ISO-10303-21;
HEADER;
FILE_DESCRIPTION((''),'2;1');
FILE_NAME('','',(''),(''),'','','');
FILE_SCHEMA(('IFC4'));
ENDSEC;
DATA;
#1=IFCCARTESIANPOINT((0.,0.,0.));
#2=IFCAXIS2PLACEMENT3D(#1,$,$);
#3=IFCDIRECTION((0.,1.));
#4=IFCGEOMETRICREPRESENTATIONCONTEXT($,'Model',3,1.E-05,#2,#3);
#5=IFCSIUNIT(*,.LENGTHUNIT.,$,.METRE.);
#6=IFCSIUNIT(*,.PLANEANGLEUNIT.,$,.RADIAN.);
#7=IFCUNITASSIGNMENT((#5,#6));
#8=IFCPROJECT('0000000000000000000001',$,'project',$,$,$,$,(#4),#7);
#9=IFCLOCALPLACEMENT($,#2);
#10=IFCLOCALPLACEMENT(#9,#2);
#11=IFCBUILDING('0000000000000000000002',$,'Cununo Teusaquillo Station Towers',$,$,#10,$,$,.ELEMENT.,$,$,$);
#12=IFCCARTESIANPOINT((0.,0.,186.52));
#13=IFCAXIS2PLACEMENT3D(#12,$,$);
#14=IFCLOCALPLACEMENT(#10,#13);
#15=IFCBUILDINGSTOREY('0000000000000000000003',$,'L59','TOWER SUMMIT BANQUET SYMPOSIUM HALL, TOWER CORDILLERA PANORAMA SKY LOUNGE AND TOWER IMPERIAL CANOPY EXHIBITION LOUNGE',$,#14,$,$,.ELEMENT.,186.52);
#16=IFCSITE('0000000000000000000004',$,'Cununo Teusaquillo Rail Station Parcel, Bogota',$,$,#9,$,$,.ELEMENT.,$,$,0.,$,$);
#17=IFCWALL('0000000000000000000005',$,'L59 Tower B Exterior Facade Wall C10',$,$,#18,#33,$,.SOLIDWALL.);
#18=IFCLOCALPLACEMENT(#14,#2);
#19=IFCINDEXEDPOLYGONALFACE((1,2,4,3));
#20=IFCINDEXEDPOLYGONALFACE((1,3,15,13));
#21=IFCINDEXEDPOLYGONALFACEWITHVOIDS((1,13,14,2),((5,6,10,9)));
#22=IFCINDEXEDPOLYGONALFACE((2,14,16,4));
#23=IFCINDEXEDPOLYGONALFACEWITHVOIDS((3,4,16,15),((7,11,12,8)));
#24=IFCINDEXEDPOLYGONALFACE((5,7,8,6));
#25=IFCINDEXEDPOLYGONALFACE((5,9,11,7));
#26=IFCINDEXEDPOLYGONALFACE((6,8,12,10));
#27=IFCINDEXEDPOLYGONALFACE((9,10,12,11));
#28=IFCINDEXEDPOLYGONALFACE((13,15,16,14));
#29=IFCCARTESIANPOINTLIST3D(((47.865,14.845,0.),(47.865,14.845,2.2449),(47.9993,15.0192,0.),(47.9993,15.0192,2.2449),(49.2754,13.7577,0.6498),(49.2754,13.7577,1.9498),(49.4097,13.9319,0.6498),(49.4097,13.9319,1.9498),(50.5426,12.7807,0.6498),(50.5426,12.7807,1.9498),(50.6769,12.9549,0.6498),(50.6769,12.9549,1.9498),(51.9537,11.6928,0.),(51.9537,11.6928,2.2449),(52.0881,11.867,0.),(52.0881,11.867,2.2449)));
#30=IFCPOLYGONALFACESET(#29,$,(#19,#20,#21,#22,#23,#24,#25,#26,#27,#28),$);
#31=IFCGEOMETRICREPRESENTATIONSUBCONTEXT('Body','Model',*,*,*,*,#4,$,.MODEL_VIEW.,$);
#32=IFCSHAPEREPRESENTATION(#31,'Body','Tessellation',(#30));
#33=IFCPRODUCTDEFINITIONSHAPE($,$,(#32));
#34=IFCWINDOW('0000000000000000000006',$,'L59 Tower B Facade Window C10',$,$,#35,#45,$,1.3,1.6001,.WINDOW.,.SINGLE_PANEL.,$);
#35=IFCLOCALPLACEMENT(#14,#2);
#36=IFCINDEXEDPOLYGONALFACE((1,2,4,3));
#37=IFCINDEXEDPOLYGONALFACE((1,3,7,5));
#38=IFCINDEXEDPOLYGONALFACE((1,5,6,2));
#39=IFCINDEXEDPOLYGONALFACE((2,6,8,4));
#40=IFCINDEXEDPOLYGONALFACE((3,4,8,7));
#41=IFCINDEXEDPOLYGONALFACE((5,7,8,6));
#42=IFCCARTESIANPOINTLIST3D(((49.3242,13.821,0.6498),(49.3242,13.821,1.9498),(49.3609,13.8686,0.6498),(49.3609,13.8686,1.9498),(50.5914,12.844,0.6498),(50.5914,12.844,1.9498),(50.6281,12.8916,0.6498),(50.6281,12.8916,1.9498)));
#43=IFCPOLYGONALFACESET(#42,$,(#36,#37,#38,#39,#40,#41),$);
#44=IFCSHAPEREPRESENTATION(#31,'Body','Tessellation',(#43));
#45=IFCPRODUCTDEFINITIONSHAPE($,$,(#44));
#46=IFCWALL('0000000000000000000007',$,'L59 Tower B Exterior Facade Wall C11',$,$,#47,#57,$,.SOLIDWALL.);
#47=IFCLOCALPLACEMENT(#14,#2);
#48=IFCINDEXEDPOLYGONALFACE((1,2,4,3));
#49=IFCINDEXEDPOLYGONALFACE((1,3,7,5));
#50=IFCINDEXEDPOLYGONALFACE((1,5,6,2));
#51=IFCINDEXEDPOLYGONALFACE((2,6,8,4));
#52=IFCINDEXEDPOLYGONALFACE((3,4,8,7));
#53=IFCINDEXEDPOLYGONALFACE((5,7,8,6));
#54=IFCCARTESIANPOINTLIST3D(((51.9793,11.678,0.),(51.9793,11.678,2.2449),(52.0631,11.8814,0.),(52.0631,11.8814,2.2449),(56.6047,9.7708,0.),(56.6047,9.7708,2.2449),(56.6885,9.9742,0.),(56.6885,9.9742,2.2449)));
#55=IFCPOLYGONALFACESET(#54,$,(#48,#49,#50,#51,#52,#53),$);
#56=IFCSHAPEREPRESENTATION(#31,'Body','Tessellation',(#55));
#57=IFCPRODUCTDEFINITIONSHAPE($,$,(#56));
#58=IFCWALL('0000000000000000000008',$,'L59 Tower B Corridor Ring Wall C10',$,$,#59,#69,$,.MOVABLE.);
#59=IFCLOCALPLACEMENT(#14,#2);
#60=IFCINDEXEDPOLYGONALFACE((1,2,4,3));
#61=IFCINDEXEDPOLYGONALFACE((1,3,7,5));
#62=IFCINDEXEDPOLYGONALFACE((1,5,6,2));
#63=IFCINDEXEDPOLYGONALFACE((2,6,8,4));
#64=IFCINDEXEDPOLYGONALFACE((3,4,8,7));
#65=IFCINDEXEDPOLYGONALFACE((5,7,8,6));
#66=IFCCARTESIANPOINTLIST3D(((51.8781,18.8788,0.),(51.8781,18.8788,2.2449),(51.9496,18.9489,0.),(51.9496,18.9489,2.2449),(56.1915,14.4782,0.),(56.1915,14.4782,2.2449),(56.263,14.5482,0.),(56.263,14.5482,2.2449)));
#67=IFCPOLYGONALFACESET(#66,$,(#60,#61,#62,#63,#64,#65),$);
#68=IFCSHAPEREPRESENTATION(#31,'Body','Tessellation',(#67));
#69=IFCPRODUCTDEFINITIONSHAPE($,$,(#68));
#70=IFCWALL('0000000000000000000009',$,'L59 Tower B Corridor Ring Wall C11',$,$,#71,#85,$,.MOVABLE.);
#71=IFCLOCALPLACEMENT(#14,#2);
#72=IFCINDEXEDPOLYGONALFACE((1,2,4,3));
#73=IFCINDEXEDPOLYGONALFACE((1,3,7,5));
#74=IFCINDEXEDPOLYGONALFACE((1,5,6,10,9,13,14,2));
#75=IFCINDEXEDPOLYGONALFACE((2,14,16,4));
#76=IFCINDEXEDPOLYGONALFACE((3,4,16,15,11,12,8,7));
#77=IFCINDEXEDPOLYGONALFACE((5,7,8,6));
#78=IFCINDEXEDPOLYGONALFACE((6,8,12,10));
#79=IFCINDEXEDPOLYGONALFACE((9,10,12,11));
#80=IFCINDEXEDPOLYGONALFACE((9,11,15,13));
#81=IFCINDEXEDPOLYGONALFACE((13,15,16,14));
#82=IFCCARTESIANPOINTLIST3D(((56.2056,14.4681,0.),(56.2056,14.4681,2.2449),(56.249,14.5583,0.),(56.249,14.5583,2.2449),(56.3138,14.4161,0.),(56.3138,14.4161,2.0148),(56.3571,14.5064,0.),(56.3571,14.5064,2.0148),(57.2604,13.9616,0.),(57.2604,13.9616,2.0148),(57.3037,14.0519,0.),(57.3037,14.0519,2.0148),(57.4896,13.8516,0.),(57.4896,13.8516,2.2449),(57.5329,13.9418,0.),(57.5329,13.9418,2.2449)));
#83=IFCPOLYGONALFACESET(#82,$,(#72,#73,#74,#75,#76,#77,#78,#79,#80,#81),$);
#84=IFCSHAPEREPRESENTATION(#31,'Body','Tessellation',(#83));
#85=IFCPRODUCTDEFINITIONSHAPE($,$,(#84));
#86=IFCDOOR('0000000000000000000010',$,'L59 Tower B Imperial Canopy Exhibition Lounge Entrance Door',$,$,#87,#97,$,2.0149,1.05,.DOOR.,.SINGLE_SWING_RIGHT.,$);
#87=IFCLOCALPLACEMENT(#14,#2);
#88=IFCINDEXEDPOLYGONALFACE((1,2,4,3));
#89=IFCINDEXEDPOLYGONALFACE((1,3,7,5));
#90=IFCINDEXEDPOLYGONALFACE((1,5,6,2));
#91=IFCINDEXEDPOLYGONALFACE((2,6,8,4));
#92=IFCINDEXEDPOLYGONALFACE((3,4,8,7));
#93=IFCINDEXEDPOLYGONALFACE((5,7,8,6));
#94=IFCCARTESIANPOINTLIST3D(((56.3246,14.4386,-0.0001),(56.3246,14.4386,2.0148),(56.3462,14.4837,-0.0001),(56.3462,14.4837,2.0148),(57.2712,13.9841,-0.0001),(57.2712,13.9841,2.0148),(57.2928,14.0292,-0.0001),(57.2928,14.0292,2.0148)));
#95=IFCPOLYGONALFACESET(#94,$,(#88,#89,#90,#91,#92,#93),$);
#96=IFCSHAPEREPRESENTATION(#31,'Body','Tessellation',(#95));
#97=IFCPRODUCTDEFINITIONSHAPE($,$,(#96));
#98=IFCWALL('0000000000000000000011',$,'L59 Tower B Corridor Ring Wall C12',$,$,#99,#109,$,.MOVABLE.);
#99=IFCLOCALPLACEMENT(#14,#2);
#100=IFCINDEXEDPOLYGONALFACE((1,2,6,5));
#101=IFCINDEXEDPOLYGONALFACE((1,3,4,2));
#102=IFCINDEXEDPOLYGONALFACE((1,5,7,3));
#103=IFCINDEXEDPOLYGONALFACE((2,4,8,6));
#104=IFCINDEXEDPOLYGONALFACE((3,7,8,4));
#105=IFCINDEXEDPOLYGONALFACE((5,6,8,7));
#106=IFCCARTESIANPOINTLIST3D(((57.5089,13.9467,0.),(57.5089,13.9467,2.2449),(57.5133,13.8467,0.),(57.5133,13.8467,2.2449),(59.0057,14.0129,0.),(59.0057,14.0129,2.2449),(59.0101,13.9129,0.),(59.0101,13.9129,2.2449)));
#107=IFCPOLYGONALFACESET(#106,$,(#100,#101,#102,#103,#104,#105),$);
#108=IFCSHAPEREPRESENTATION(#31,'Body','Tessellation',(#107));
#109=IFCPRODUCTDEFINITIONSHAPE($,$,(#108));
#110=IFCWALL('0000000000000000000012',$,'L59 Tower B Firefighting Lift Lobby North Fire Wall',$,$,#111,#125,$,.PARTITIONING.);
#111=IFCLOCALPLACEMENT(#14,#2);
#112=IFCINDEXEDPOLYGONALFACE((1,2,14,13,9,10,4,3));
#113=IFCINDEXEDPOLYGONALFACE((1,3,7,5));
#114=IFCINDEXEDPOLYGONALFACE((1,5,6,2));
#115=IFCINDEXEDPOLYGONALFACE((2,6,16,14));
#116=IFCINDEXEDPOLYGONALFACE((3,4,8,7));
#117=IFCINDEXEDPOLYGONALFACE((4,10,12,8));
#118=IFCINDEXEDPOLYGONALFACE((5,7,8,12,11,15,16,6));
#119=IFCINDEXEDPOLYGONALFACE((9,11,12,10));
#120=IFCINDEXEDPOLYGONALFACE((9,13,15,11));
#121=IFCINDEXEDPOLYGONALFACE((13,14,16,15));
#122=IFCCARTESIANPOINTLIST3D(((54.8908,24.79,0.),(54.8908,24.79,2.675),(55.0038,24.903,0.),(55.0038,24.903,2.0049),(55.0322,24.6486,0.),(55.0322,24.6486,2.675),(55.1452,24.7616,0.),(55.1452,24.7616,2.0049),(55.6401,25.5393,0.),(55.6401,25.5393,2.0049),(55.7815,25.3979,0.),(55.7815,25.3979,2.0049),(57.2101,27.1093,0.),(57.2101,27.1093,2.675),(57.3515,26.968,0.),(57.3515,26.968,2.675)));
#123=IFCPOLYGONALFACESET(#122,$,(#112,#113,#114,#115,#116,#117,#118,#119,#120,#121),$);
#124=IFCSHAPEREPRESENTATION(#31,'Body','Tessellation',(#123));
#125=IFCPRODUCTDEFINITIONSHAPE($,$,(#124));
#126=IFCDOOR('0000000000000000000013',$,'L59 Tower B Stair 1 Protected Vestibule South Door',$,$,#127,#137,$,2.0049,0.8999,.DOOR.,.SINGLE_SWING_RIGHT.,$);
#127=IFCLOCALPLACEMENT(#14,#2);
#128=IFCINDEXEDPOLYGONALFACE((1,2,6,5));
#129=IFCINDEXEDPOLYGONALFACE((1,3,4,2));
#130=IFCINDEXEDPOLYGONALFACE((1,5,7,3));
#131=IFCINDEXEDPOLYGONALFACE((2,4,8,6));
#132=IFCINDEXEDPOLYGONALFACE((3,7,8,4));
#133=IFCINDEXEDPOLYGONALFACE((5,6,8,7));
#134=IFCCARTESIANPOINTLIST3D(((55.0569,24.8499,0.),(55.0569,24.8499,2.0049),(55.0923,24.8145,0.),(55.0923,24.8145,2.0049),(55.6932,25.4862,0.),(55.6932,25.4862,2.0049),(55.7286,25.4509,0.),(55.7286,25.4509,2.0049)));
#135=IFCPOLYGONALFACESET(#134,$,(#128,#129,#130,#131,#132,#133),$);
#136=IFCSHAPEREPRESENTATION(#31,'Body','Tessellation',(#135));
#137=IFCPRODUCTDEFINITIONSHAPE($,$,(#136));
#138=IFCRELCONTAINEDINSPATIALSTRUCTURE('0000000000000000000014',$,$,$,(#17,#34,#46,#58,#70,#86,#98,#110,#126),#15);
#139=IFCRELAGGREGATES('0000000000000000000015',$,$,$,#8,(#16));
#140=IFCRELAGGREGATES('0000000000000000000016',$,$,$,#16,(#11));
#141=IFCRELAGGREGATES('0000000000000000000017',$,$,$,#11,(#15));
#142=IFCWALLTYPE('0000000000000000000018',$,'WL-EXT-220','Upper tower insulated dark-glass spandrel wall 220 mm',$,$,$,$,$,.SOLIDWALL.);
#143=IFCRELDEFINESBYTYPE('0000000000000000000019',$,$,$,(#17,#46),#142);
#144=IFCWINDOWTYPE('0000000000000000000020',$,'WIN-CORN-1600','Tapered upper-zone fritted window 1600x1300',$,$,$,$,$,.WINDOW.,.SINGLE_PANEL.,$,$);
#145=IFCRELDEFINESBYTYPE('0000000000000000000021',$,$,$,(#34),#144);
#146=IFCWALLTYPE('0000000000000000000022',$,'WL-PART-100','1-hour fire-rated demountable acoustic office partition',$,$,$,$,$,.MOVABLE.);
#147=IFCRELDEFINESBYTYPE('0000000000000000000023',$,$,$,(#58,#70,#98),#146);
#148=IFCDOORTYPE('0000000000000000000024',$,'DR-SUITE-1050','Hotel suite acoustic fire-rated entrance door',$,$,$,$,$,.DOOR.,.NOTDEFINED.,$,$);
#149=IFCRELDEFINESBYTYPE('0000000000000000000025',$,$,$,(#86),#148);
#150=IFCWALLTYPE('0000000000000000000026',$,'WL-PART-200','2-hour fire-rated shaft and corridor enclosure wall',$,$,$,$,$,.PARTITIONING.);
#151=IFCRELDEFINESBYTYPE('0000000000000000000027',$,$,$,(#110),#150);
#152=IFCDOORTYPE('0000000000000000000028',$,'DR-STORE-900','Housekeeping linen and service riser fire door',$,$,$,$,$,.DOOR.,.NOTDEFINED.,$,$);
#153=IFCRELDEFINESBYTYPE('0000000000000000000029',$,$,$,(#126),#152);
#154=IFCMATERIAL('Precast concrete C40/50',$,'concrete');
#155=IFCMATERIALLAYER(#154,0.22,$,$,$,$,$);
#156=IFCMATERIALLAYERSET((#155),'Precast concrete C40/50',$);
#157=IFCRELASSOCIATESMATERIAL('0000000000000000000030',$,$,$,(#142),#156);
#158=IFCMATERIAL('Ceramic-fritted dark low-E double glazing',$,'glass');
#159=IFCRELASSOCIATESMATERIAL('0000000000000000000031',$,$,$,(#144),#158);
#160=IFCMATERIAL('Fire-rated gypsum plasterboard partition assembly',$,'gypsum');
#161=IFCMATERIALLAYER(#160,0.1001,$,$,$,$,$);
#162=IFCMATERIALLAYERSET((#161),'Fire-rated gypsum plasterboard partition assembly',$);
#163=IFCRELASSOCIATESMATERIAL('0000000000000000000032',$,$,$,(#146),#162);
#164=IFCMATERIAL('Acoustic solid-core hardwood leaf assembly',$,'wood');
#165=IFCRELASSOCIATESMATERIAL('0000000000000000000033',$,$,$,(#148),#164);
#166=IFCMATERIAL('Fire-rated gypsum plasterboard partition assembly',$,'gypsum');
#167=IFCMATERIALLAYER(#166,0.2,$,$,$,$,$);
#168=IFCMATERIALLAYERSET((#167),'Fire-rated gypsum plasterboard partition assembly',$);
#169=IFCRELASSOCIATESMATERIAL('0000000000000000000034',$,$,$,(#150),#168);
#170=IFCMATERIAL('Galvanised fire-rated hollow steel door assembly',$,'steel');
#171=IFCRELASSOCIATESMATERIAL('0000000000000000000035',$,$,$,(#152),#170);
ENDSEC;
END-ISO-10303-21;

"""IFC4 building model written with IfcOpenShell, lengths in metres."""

from ifc_helpers import new_model, si_unit, direction, frame, frame_2d, origin, place, context, subcontext, project, spatial, rectangle, extrude, source, transform, mapped, material, layer, layer_set, type_object, element, fill, save


model = new_model("IFC4")

# Units and contexts
model_context = context("Model", 3, precision=1e-05, world=origin(), true_north=direction((0.0, 1.0)))
body_context = subcontext(model_context, "Body", "Model", "MODEL_VIEW")
ifc_project = project(units=[si_unit("LENGTHUNIT", "METRE"), si_unit("PLANEANGLEUNIT", "RADIAN")], contexts=[model_context])

# Site, building, storey
site_placement = place(None, origin())
site = spatial("IfcSite", under=ifc_project, at=site_placement, Name="Cununo Teusaquillo Rail Station Parcel, Bogota", CompositionType="ELEMENT", RefElevation=0.0)
building_placement = place(site_placement, origin())
building = spatial("IfcBuilding", under=site, at=building_placement, Name="Cununo Teusaquillo Station Towers", CompositionType="ELEMENT")
storey_placement = place(building_placement, frame((0.0, 0.0, 186.52)))
storey = spatial("IfcBuildingStorey", under=building, at=storey_placement, Name="L59", Description="TOWER SUMMIT BANQUET SYMPOSIUM HALL, TOWER CORDILLERA PANORAMA SKY LOUNGE AND TOWER IMPERIAL CANOPY EXHIBITION LOUNGE", CompositionType="ELEMENT", Elevation=186.52)

# Wall, opening, window
ifc_material_1 = material(Name="Precast concrete C40/50", Category="concrete")
ifc_layer_1 = layer(ifc_material_1, 0.22)
ifc_layer_set_1 = layer_set([ifc_layer_1], Name="Precast concrete C40/50")
wall_type_1 = type_object("IfcWallType", Name="WL-EXT-220", Description="Upper tower insulated dark-glass spandrel wall 220 mm", PredefinedType="SOLIDWALL", material=ifc_layer_set_1)
wall_1_placement = place(storey_placement, frame((52.021, 11.7798, 0.0), z_axis=(0.0, 0.0, 1.0), x_axis=(-0.791963, 0.61057, 0.0)))
wall_1 = element("IfcWall", 1, at=wall_1_placement, inside=storey, type_object=wall_type_1, Name="L59 Tower B Exterior Facade Wall C10", PredefinedType="SOLIDWALL", context=body_context, shape_type="SweptSolid", body=[
    extrude(rectangle(XDim=5.1628, YDim=0.22, at=frame_2d((2.5815, 0.0))), origin(), (0.0, 0.0, 1.0), 2.2449),
])
shared_shape_1 = source(origin(), body_context, "Body", "SweptSolid", [
    extrude(rectangle(XDim=1.6001, YDim=1.3, at=frame_2d((0.8, 0.6499))), frame((0.0, 0.1199, 0.0), z_axis=(0.0, -1.0, 0.0), x_axis=(1.0, 0.0, 0.0)), (0.0, 0.0, 1.0), 0.24),
])
opening_1_placement = place(wall_1_placement, frame((1.782, 0.0, 0.6499)))
opening_1 = element("IfcOpeningElement", 2, at=opening_1_placement, cuts=wall_1, PredefinedType="OPENING", context=body_context, shape_type="MappedRepresentation", body=[
    mapped(shared_shape_1, transform((0.0, 0.0, 0.0), x_axis=(1.0, 0.0, 0.0), y_axis=(0.0, 1.0, 0.0), z_axis=(0.0, 0.0, 1.0), scale=1.0)),
])
ifc_material_2 = material(Name="Ceramic-fritted dark low-E double glazing", Category="glass")
window_type = type_object("IfcWindowType", Name="WIN-CORN-1600", Description="Tapered upper-zone fritted window 1600x1300", PartitioningType="SINGLE_PANEL", PredefinedType="WINDOW", material=ifc_material_2)
shared_shape_2 = source(origin(), body_context, "Body", "SweptSolid", [
    extrude(rectangle(XDim=1.6001, YDim=1.3, at=frame_2d((0.8, 0.6499))), frame((0.0, 0.03, 0.0), z_axis=(0.0, -1.0, 0.0), x_axis=(1.0, 0.0, 0.0)), (0.0, 0.0, 1.0), 0.0601),
])
window_placement = place(opening_1_placement, origin())
window = element("IfcWindow", 3, at=window_placement, inside=storey, type_object=window_type, Name="L59 Tower B Facade Window C10", OverallHeight=1.3, OverallWidth=1.6001, PartitioningType="SINGLE_PANEL", PredefinedType="WINDOW", context=body_context, shape_type="MappedRepresentation", body=[
    mapped(shared_shape_2, transform((0.0, 0.0, 0.0), x_axis=(1.0, 0.0, 0.0), y_axis=(0.0, 1.0, 0.0), z_axis=(0.0, 0.0, 1.0), scale=1.0)),
])
fill(opening_1, window)

# Walls
wall_2_placement = place(storey_placement, frame((56.6465, 9.8726, 0.0), z_axis=(0.0, 0.0, 1.0), x_axis=(-0.924494, 0.381196, 0.0)))
element("IfcWall", 4, at=wall_2_placement, inside=storey, type_object=wall_type_1, Name="L59 Tower B Exterior Facade Wall C11", PredefinedType="SOLIDWALL", context=body_context, shape_type="SweptSolid", body=[
    extrude(rectangle(XDim=5.0032, YDim=0.22, at=frame_2d((2.5015, 0.0))), origin(), (0.0, 0.0, 1.0), 2.2449),
])
ifc_material_3 = material(Name="Fire-rated gypsum plasterboard partition assembly", Category="gypsum")
ifc_layer_2 = layer(ifc_material_3, 0.1001)
ifc_layer_set_2 = layer_set([ifc_layer_2], Name="Fire-rated gypsum plasterboard partition assembly")
wall_type_2 = type_object("IfcWallType", Name="WL-PART-100", Description="1-hour fire-rated demountable acoustic office partition", PredefinedType="MOVABLE", material=ifc_layer_set_2)
wall_3_placement = place(storey_placement, frame((51.9138, 18.9138, 0.0), z_axis=(0.0, 0.0, 1.0), x_axis=(0.699999, -0.714144, 0.0)))
element("IfcWall", 5, at=wall_3_placement, inside=storey, type_object=wall_type_2, Name="L59 Tower B Corridor Ring Wall C10", PredefinedType="MOVABLE", context=body_context, shape_type="SweptSolid", body=[
    extrude(rectangle(XDim=6.1621, YDim=0.1001, at=frame_2d((3.0811, 0.0))), origin(), (0.0, 0.0, 1.0), 2.2449),
])

# Wall, opening, door
wall_4_placement = place(storey_placement, frame((56.2273, 14.5132, 0.0), z_axis=(0.0, 0.0, 1.0), x_axis=(0.901478, -0.432826, 0.0)))
wall_4 = element("IfcWall", 6, at=wall_4_placement, inside=storey, type_object=wall_type_2, Name="L59 Tower B Corridor Ring Wall C11", PredefinedType="MOVABLE", context=body_context, shape_type="SweptSolid", body=[
    extrude(rectangle(XDim=1.4243, YDim=0.1001, at=frame_2d((0.7122, 0.0))), origin(), (0.0, 0.0, 1.0), 2.2449),
])
shared_shape_3 = source(origin(), body_context, "Body", "SweptSolid", [
    extrude(rectangle(XDim=1.05, YDim=2.0149, at=frame_2d((0.5249, 1.0073))), frame((0.0, 0.0601, 0.0), z_axis=(0.0, -1.0, 0.0), x_axis=(1.0, 0.0, 0.0)), (0.0, 0.0, 1.0), 0.1201),
])
opening_2_placement = place(wall_4_placement, frame((0.1201, 0.0, 0.0)))
opening_2 = element("IfcOpeningElement", 7, at=opening_2_placement, cuts=wall_4, PredefinedType="OPENING", context=body_context, shape_type="MappedRepresentation", body=[
    mapped(shared_shape_3, transform((0.0, 0.0, 0.0), x_axis=(1.0, 0.0, 0.0), y_axis=(0.0, 1.0, 0.0), z_axis=(0.0, 0.0, 1.0), scale=1.0)),
])
ifc_material_4 = material(Name="Acoustic solid-core hardwood leaf assembly", Category="wood")
door_type_1 = type_object("IfcDoorType", Name="DR-SUITE-1050", Description="Hotel suite acoustic fire-rated entrance door", OperationType="NOTDEFINED", PredefinedType="DOOR", material=ifc_material_4)
shared_shape_4 = source(origin(), body_context, "Body", "SweptSolid", [
    extrude(rectangle(XDim=1.05, YDim=2.0149, at=frame_2d((0.5249, 1.0073))), frame((0.0, 0.0249, 0.0), z_axis=(0.0, -1.0, 0.0), x_axis=(1.0, 0.0, 0.0)), (0.0, 0.0, 1.0), 0.05),
])
door_1_placement = place(opening_2_placement, origin())
door_1 = element("IfcDoor", 8, at=door_1_placement, inside=storey, type_object=door_type_1, Name="L59 Tower B Imperial Canopy Exhibition Lounge Entrance Door", OperationType="SINGLE_SWING_RIGHT", OverallHeight=2.0149, OverallWidth=1.05, PredefinedType="DOOR", context=body_context, shape_type="MappedRepresentation", body=[
    mapped(shared_shape_4, transform((0.0, 0.0, 0.0), x_axis=(1.0, 0.0, 0.0), y_axis=(0.0, 1.0, 0.0), z_axis=(0.0, 0.0, 1.0), scale=1.0)),
])
fill(opening_2, door_1)

# Wall
wall_5_placement = place(storey_placement, frame((57.5112, 13.8967, 0.0), z_axis=(0.0, 0.0, 1.0), x_axis=(0.999025, 0.044158, 0.0)))
element("IfcWall", 9, at=wall_5_placement, inside=storey, type_object=wall_type_2, Name="L59 Tower B Corridor Ring Wall C12", PredefinedType="MOVABLE", context=body_context, shape_type="SweptSolid", body=[
    extrude(rectangle(XDim=1.4983, YDim=0.1001, at=frame_2d((0.749, 0.0))), origin(), (0.0, 0.0, 1.0), 2.2449),
])

# Wall, opening, door
ifc_material_5 = material(Name="Fire-rated gypsum plasterboard partition assembly", Category="gypsum")
ifc_layer_3 = layer(ifc_material_5, 0.2)
ifc_layer_set_3 = layer_set([ifc_layer_3], Name="Fire-rated gypsum plasterboard partition assembly")
wall_type_3 = type_object("IfcWallType", Name="WL-PART-200", Description="2-hour fire-rated shaft and corridor enclosure wall", PredefinedType="PARTITIONING", material=ifc_layer_set_3)
wall_6_placement = place(storey_placement, frame((54.9614, 24.7192, 0.0), z_axis=(0.0, 0.0, 1.0), x_axis=(0.707107, 0.707107, 0.0)))
wall_6 = element("IfcWall", 10, at=wall_6_placement, inside=storey, type_object=wall_type_3, Name="L59 Tower B Firefighting Lift Lobby North Fire Wall", PredefinedType="PARTITIONING", context=body_context, shape_type="SweptSolid", body=[
    extrude(rectangle(XDim=3.28, YDim=0.2, at=frame_2d((1.6401, 0.0))), origin(), (0.0, 0.0, 1.0), 2.675),
])
shared_shape_5 = source(origin(), body_context, "Body", "SweptSolid", [
    extrude(rectangle(XDim=0.8999, YDim=2.0049, at=frame_2d((0.45, 1.0024))), frame((0.0, 0.1099, 0.0), z_axis=(0.0, -1.0, 0.0), x_axis=(1.0, 0.0, 0.0)), (0.0, 0.0, 1.0), 0.22),
])
opening_3_placement = place(wall_6_placement, frame((0.1599, 0.0, 0.0)))
opening_3 = element("IfcOpeningElement", 11, at=opening_3_placement, cuts=wall_6, PredefinedType="OPENING", context=body_context, shape_type="MappedRepresentation", body=[
    mapped(shared_shape_5, transform((0.0, 0.0, 0.0), x_axis=(1.0, 0.0, 0.0), y_axis=(0.0, 1.0, 0.0), z_axis=(0.0, 0.0, 1.0), scale=1.0)),
])
ifc_material_6 = material(Name="Galvanised fire-rated hollow steel door assembly", Category="steel")
door_type_2 = type_object("IfcDoorType", Name="DR-STORE-900", Description="Housekeeping linen and service riser fire door", OperationType="NOTDEFINED", PredefinedType="DOOR", material=ifc_material_6)
shared_shape_6 = source(origin(), body_context, "Body", "SweptSolid", [
    extrude(rectangle(XDim=0.8999, YDim=2.0049, at=frame_2d((0.45, 1.0024))), frame((0.0, 0.0249, 0.0), z_axis=(0.0, -1.0, 0.0), x_axis=(1.0, 0.0, 0.0)), (0.0, 0.0, 1.0), 0.05),
])
door_2_placement = place(opening_3_placement, origin())
door_2 = element("IfcDoor", 12, at=door_2_placement, inside=storey, type_object=door_type_2, Name="L59 Tower B Stair 1 Protected Vestibule South Door", OperationType="SINGLE_SWING_RIGHT", OverallHeight=2.0049, OverallWidth=0.8999, PredefinedType="DOOR", context=body_context, shape_type="MappedRepresentation", body=[
    mapped(shared_shape_6, transform((0.0, 0.0, 0.0), x_axis=(1.0, 0.0, 0.0), y_axis=(0.0, 1.0, 0.0), z_axis=(0.0, 0.0, 1.0), scale=1.0)),
])
fill(opening_3, door_2)

save(model, "model.ifc")
